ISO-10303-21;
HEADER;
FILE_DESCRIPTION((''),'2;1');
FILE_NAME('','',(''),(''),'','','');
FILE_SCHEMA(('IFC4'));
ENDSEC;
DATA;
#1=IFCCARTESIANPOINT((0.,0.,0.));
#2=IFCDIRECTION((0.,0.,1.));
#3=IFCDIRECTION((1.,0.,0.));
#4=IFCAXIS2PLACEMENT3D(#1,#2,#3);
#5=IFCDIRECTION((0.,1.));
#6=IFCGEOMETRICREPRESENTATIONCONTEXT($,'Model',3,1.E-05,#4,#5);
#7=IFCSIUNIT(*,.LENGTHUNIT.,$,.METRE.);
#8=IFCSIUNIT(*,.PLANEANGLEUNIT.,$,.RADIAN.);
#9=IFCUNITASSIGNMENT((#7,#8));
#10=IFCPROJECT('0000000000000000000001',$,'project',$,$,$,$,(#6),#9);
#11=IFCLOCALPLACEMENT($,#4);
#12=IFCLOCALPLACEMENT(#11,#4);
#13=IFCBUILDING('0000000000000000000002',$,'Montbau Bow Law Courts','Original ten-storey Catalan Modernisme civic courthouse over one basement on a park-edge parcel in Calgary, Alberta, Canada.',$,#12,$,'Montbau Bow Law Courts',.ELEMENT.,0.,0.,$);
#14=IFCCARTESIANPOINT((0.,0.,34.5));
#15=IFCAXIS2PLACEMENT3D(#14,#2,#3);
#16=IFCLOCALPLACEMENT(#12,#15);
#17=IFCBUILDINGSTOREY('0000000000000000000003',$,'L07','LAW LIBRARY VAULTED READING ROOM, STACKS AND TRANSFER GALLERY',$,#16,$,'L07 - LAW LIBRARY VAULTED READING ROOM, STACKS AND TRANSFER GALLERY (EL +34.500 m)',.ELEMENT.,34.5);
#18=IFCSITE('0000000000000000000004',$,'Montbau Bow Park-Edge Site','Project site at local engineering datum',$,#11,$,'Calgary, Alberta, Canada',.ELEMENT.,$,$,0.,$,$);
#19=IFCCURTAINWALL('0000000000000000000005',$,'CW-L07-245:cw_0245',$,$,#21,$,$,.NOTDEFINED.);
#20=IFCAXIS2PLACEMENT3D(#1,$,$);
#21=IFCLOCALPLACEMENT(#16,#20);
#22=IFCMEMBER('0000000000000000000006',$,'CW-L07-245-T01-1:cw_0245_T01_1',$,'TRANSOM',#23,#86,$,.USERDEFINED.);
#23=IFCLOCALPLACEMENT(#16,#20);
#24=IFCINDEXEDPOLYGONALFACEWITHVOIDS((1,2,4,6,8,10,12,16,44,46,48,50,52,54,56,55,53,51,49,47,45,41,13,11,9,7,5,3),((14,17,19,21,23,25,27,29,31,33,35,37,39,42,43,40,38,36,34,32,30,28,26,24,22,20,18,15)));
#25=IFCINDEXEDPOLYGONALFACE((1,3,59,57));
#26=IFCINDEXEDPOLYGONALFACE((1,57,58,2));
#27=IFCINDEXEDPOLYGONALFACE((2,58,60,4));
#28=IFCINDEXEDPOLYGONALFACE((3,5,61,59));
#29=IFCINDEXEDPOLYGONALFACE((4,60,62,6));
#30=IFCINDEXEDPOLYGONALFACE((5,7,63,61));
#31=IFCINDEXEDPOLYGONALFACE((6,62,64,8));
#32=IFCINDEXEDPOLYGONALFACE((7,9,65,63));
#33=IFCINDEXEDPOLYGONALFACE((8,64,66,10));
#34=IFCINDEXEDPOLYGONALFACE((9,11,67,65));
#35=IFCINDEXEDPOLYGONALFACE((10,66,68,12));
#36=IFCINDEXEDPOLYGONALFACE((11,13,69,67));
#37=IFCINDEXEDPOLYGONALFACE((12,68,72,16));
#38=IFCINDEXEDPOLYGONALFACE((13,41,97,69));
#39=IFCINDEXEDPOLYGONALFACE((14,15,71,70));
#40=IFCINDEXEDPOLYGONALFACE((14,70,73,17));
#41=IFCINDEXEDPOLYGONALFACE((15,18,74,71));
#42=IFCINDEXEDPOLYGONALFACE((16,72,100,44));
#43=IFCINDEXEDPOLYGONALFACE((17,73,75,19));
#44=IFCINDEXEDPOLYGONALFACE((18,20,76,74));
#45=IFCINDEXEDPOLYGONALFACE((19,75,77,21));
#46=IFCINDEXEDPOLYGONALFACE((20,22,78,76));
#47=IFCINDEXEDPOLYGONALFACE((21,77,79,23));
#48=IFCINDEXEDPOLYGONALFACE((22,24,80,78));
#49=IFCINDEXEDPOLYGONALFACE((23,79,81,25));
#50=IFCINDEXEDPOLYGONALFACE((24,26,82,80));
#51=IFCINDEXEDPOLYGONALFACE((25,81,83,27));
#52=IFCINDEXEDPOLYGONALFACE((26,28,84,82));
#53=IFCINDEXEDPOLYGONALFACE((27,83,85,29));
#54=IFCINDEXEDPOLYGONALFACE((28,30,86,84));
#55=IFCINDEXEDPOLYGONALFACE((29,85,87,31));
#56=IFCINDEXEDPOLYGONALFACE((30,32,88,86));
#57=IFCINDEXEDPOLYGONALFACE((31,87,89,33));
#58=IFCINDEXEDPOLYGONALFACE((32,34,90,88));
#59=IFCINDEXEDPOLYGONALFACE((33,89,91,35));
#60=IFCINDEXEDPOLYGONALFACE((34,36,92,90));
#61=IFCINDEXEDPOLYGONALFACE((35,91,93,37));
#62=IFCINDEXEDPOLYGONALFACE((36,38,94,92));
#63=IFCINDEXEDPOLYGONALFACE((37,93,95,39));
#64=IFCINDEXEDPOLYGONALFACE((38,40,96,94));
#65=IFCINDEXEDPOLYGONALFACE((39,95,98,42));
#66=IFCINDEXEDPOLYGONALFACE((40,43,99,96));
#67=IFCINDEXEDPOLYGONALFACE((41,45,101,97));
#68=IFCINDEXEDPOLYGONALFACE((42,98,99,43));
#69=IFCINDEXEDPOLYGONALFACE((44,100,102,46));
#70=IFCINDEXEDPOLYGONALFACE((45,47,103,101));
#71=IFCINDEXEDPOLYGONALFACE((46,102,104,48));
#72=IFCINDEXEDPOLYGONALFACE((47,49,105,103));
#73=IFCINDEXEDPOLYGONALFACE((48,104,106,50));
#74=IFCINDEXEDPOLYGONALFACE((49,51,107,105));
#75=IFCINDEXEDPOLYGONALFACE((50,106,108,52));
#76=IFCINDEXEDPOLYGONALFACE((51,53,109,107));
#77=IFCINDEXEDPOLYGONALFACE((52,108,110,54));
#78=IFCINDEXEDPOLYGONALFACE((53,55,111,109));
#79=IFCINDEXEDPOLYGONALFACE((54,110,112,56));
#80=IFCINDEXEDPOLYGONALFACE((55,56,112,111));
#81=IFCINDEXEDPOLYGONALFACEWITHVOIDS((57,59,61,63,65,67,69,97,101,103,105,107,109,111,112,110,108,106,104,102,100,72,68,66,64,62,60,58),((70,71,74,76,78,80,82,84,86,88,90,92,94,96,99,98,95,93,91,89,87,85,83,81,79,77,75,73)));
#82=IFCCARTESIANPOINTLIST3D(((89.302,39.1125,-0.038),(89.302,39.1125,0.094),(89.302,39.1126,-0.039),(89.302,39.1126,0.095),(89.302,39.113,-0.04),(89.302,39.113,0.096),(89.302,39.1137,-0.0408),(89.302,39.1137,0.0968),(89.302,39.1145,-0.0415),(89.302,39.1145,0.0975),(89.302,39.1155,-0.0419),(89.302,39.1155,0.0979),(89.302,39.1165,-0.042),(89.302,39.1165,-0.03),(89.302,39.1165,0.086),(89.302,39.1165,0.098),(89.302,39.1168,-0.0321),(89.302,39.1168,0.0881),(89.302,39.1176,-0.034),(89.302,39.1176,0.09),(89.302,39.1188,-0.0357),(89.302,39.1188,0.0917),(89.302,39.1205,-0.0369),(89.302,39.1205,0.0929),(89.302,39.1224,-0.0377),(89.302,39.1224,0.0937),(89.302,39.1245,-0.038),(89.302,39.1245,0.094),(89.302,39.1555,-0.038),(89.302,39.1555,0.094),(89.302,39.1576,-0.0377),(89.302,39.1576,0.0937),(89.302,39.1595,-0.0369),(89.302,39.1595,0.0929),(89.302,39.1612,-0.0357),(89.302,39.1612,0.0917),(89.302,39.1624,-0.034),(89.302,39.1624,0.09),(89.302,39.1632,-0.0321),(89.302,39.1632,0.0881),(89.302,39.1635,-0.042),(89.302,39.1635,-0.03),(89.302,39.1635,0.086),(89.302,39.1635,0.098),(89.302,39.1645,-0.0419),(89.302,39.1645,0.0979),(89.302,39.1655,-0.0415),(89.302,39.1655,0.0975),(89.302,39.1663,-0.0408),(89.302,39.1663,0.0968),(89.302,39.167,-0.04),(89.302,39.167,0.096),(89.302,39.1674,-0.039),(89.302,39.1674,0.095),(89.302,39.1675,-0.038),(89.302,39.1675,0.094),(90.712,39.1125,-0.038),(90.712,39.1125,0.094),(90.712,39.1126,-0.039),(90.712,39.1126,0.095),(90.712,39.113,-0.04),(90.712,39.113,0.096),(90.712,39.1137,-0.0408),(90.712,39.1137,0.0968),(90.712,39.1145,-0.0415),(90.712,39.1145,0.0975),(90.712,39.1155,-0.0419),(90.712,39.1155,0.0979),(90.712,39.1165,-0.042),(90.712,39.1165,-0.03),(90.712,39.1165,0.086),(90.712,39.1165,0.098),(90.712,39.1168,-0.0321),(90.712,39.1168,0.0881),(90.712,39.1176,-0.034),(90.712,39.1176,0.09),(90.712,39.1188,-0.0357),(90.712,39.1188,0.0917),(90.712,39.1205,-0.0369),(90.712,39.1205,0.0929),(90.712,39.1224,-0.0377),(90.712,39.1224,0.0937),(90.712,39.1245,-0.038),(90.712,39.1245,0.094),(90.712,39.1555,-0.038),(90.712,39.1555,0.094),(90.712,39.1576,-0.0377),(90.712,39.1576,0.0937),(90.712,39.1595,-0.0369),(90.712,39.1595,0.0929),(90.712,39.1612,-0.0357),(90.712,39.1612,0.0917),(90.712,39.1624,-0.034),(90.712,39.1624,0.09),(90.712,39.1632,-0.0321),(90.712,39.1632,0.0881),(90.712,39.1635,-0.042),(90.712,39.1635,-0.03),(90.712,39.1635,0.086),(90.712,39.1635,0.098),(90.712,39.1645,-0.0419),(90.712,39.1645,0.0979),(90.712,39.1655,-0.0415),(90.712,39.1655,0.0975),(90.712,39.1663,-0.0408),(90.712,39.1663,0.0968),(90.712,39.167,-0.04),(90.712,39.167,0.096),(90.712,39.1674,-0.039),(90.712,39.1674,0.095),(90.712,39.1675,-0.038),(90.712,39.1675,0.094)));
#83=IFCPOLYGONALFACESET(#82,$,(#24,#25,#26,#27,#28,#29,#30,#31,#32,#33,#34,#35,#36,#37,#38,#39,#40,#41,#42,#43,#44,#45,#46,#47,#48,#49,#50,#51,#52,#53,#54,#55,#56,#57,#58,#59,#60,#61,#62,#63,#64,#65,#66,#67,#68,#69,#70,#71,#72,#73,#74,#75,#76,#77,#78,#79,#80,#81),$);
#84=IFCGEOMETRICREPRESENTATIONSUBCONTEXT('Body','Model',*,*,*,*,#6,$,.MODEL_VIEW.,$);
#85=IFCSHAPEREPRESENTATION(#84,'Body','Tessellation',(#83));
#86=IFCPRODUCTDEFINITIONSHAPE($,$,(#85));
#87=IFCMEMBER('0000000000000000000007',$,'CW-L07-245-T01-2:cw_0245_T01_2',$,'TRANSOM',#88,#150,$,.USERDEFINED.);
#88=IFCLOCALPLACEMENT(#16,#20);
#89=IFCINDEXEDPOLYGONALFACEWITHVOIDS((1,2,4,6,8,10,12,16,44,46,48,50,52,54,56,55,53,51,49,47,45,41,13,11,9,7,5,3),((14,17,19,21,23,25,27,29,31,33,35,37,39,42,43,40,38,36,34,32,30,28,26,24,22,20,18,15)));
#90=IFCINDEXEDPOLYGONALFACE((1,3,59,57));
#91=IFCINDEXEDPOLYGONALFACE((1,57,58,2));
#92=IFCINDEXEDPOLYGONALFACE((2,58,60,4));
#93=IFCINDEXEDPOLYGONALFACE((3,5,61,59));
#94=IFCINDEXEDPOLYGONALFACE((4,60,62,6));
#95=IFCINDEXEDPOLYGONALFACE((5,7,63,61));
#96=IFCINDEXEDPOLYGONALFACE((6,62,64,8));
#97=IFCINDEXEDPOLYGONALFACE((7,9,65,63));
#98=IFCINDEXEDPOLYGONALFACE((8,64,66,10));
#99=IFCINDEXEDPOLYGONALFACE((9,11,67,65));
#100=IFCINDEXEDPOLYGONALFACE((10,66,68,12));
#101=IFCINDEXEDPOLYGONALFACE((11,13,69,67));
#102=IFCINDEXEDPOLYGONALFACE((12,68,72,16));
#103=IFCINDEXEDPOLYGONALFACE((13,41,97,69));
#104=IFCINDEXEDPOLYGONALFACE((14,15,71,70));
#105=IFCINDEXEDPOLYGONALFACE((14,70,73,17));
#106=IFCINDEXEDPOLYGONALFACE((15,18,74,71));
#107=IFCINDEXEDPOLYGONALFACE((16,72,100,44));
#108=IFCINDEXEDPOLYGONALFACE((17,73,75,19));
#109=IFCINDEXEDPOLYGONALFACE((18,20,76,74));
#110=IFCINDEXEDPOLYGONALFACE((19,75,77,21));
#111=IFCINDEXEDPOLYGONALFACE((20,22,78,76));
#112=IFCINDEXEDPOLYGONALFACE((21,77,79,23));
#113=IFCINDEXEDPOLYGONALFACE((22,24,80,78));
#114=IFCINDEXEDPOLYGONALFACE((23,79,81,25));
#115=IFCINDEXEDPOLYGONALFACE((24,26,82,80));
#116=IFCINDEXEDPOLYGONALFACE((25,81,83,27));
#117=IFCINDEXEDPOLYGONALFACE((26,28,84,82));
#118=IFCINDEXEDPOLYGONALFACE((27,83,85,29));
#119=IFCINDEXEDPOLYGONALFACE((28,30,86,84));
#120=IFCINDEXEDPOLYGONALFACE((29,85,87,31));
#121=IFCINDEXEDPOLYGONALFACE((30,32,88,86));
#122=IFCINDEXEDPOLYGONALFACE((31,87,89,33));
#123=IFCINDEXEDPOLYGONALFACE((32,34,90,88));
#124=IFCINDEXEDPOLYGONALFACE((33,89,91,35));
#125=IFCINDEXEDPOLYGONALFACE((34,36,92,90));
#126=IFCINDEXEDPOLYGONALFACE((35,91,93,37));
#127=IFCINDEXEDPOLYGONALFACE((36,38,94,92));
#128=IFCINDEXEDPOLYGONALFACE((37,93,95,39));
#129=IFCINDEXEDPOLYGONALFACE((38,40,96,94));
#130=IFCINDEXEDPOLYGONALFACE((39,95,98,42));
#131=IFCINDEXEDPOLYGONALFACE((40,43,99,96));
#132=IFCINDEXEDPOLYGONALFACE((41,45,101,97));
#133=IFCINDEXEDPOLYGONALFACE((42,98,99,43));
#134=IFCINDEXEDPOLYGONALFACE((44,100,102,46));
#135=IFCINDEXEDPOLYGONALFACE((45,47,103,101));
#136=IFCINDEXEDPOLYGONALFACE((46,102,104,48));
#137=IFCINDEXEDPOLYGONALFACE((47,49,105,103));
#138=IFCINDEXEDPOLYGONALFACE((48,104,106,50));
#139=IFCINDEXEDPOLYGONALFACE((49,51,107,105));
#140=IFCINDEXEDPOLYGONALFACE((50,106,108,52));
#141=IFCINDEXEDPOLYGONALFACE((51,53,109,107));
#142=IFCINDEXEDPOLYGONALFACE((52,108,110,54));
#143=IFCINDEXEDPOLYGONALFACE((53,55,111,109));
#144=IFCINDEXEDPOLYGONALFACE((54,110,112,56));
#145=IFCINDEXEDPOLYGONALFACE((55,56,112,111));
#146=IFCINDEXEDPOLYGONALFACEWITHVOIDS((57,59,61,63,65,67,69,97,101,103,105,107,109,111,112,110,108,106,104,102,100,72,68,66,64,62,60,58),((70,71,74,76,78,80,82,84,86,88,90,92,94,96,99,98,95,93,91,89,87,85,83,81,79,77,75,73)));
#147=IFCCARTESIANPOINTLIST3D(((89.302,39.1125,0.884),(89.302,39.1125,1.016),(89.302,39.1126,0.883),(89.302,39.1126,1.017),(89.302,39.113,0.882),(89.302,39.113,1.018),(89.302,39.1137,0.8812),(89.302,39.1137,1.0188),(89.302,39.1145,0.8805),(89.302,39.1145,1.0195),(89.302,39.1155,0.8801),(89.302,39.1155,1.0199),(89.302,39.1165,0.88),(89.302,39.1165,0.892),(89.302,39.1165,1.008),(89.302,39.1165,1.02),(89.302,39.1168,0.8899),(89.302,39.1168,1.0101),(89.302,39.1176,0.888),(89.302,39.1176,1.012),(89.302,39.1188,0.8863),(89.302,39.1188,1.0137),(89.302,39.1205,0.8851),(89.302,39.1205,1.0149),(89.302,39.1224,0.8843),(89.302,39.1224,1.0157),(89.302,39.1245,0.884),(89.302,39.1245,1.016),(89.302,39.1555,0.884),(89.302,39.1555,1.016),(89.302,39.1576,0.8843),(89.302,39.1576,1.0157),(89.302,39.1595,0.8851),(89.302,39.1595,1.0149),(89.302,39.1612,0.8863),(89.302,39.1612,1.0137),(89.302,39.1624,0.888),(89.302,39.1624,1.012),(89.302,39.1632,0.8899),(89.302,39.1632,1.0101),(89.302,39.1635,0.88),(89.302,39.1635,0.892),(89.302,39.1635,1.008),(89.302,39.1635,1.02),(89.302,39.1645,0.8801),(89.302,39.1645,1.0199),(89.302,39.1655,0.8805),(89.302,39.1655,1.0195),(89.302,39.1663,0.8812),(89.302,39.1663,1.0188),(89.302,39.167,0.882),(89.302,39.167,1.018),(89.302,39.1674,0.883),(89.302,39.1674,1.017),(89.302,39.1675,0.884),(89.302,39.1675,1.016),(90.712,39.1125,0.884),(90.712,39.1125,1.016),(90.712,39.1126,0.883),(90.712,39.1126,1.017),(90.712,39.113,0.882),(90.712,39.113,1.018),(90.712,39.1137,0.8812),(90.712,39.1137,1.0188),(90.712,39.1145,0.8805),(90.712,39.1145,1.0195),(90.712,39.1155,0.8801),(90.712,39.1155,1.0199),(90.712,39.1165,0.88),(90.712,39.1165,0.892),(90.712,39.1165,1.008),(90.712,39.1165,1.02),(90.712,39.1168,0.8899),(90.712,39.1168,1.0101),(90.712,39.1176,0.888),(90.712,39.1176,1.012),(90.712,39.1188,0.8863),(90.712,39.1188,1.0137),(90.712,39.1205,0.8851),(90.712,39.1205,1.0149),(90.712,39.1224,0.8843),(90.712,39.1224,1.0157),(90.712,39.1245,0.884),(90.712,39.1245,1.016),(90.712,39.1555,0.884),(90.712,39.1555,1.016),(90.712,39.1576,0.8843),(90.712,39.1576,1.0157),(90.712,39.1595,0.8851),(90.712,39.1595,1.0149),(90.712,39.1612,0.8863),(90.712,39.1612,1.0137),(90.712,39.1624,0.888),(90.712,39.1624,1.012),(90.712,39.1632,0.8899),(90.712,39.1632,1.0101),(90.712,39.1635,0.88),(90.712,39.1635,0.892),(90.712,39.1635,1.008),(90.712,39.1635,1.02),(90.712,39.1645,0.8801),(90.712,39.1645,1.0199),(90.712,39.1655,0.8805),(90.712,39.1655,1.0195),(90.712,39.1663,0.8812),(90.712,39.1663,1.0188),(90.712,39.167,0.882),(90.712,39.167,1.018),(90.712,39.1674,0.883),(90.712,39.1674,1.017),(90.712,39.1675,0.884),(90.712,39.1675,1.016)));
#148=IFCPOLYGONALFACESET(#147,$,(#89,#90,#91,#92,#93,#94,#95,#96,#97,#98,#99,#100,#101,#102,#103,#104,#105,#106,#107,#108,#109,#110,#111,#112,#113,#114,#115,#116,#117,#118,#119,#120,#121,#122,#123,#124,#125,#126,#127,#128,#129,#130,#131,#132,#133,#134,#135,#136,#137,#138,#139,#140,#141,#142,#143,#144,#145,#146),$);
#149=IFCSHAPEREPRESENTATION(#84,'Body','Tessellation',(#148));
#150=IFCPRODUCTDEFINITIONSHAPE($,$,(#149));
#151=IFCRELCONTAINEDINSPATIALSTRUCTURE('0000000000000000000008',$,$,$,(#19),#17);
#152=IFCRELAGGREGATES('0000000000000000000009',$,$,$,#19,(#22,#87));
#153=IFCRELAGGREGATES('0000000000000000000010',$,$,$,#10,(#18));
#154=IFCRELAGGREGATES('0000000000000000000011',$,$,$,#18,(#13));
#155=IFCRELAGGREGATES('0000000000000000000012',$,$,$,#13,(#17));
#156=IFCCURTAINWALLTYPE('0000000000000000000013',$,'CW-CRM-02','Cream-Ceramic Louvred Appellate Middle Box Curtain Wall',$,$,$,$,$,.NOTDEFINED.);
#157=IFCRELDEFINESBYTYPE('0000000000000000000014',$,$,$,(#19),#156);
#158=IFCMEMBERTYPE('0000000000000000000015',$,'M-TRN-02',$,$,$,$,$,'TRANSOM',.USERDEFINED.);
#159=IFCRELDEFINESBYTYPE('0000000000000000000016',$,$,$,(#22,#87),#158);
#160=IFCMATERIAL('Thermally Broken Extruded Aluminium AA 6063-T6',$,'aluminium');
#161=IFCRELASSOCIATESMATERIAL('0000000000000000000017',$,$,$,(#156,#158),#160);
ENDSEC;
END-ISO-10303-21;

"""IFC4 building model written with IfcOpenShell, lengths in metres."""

from ifc_helpers import new_model, si_unit, direction, frame, origin_with_axes, origin_2d_with_axis, place, context, subcontext, project, spatial, hollow_rectangle, extrude, material, material_profile, profile_set, type_object, element, aggregate, save


model = new_model("IFC4")

# Units and contexts
model_context = context("Model", 3, precision=1e-05, world=origin_with_axes(), true_north=direction((0.0, 1.0)))
body_context = subcontext(model_context, "Body", "Model", "MODEL_VIEW")
ifc_project = project(units=[si_unit("LENGTHUNIT", "METRE"), si_unit("PLANEANGLEUNIT", "RADIAN")], contexts=[model_context])

# Site, building, storey
site_placement = place(None, origin_with_axes())
site = spatial("IfcSite", under=ifc_project, at=site_placement, Name="Montbau Bow Park-Edge Site", Description="Project site at local engineering datum", LongName="Calgary, Alberta, Canada", CompositionType="ELEMENT", RefElevation=0.0)
building_placement = place(site_placement, origin_with_axes())
building = spatial("IfcBuilding", under=site, at=building_placement, Name="Montbau Bow Law Courts", Description="Original ten-storey Catalan Modernisme civic courthouse over one basement on a park-edge parcel in Calgary, Alberta, Canada.", LongName="Montbau Bow Law Courts", CompositionType="ELEMENT", ElevationOfRefHeight=0.0, ElevationOfTerrain=0.0)
storey_placement = place(building_placement, frame((0.0, 0.0, 34.5), z_axis=(0.0, 0.0, 1.0), x_axis=(1.0, 0.0, 0.0)))
storey = spatial("IfcBuildingStorey", under=building, at=storey_placement, Name="L07", Description="LAW LIBRARY VAULTED READING ROOM, STACKS AND TRANSFER GALLERY", LongName="L07 - LAW LIBRARY VAULTED READING ROOM, STACKS AND TRANSFER GALLERY (EL +34.500 m)", CompositionType="ELEMENT", Elevation=34.5)

# Shared definitions
ifc_material_1 = material(Name="Thermally Broken Extruded Aluminium AA 6063-T6", Category="aluminium")
curtain_wall_type = type_object("IfcCurtainWallType", Name="CW-CRM-02", Description="Cream-Ceramic Louvred Appellate Middle Box Curtain Wall", PredefinedType="NOTDEFINED", material=ifc_material_1)

# Curtain wall, members
curtain_wall_1_placement = place(None, frame((89.24, 39.14, 34.5), z_axis=(0.0, 0.0, 1.0), x_axis=(1.0, 0.0, 0.0)))
curtain_wall_1 = element("IfcCurtainWall", 1, at=curtain_wall_1_placement, inside=storey, type_object=curtain_wall_type, Name="CW-L07-245:cw_0245", PredefinedType="NOTDEFINED")
ifc_material_profile_1 = material_profile(ifc_material_1, hollow_rectangle(XDim=0.055, YDim=0.14, WallThickness=0.004, InnerFilletRadius=0.008, OuterFilletRadius=0.004, at=origin_2d_with_axis()), Name="CWT-140X55", Category="Main", Priority=0)
ifc_profile_set_1 = profile_set([ifc_material_profile_1], Name="Thermally Broken Extruded Aluminium AA 6063-T6")
member_type_1 = type_object("IfcMemberType", Name="M-TRN-02", ElementType="TRANSOM", PredefinedType="USERDEFINED", material=ifc_profile_set_1)
member_1_placement = place(None, frame((89.302, 39.14, 34.528), z_axis=(1.0, 0.0, 0.0), x_axis=(0.0, 1.0, 0.0)))
member_1 = element("IfcMember", 2, at=member_1_placement, type_object=member_type_1, Name="CW-L07-245-T01-1:cw_0245_T01_1", ObjectType="TRANSOM", PredefinedType="USERDEFINED", context=body_context, shape_type="SweptSolid", body=[
    extrude(hollow_rectangle(XDim=0.055, YDim=0.14, WallThickness=0.004, InnerFilletRadius=0.008, OuterFilletRadius=0.004, at=origin_2d_with_axis()), origin_with_axes(), (0.0, 0.0, 1.0), 1.41),
])
member_2_placement = place(None, frame((89.302, 39.14, 35.45), z_axis=(1.0, 0.0, 0.0), x_axis=(0.0, 1.0, 0.0)))
member_2 = element("IfcMember", 3, at=member_2_placement, type_object=member_type_1, Name="CW-L07-245-T01-2:cw_0245_T01_2", ObjectType="TRANSOM", PredefinedType="USERDEFINED", context=body_context, shape_type="SweptSolid", body=[
    extrude(hollow_rectangle(XDim=0.055, YDim=0.14, WallThickness=0.004, InnerFilletRadius=0.008, OuterFilletRadius=0.004, at=origin_2d_with_axis()), origin_with_axes(), (0.0, 0.0, 1.0), 1.41),
])
aggregate(curtain_wall_1, [member_1, member_2])

save(model, "model.ifc")
